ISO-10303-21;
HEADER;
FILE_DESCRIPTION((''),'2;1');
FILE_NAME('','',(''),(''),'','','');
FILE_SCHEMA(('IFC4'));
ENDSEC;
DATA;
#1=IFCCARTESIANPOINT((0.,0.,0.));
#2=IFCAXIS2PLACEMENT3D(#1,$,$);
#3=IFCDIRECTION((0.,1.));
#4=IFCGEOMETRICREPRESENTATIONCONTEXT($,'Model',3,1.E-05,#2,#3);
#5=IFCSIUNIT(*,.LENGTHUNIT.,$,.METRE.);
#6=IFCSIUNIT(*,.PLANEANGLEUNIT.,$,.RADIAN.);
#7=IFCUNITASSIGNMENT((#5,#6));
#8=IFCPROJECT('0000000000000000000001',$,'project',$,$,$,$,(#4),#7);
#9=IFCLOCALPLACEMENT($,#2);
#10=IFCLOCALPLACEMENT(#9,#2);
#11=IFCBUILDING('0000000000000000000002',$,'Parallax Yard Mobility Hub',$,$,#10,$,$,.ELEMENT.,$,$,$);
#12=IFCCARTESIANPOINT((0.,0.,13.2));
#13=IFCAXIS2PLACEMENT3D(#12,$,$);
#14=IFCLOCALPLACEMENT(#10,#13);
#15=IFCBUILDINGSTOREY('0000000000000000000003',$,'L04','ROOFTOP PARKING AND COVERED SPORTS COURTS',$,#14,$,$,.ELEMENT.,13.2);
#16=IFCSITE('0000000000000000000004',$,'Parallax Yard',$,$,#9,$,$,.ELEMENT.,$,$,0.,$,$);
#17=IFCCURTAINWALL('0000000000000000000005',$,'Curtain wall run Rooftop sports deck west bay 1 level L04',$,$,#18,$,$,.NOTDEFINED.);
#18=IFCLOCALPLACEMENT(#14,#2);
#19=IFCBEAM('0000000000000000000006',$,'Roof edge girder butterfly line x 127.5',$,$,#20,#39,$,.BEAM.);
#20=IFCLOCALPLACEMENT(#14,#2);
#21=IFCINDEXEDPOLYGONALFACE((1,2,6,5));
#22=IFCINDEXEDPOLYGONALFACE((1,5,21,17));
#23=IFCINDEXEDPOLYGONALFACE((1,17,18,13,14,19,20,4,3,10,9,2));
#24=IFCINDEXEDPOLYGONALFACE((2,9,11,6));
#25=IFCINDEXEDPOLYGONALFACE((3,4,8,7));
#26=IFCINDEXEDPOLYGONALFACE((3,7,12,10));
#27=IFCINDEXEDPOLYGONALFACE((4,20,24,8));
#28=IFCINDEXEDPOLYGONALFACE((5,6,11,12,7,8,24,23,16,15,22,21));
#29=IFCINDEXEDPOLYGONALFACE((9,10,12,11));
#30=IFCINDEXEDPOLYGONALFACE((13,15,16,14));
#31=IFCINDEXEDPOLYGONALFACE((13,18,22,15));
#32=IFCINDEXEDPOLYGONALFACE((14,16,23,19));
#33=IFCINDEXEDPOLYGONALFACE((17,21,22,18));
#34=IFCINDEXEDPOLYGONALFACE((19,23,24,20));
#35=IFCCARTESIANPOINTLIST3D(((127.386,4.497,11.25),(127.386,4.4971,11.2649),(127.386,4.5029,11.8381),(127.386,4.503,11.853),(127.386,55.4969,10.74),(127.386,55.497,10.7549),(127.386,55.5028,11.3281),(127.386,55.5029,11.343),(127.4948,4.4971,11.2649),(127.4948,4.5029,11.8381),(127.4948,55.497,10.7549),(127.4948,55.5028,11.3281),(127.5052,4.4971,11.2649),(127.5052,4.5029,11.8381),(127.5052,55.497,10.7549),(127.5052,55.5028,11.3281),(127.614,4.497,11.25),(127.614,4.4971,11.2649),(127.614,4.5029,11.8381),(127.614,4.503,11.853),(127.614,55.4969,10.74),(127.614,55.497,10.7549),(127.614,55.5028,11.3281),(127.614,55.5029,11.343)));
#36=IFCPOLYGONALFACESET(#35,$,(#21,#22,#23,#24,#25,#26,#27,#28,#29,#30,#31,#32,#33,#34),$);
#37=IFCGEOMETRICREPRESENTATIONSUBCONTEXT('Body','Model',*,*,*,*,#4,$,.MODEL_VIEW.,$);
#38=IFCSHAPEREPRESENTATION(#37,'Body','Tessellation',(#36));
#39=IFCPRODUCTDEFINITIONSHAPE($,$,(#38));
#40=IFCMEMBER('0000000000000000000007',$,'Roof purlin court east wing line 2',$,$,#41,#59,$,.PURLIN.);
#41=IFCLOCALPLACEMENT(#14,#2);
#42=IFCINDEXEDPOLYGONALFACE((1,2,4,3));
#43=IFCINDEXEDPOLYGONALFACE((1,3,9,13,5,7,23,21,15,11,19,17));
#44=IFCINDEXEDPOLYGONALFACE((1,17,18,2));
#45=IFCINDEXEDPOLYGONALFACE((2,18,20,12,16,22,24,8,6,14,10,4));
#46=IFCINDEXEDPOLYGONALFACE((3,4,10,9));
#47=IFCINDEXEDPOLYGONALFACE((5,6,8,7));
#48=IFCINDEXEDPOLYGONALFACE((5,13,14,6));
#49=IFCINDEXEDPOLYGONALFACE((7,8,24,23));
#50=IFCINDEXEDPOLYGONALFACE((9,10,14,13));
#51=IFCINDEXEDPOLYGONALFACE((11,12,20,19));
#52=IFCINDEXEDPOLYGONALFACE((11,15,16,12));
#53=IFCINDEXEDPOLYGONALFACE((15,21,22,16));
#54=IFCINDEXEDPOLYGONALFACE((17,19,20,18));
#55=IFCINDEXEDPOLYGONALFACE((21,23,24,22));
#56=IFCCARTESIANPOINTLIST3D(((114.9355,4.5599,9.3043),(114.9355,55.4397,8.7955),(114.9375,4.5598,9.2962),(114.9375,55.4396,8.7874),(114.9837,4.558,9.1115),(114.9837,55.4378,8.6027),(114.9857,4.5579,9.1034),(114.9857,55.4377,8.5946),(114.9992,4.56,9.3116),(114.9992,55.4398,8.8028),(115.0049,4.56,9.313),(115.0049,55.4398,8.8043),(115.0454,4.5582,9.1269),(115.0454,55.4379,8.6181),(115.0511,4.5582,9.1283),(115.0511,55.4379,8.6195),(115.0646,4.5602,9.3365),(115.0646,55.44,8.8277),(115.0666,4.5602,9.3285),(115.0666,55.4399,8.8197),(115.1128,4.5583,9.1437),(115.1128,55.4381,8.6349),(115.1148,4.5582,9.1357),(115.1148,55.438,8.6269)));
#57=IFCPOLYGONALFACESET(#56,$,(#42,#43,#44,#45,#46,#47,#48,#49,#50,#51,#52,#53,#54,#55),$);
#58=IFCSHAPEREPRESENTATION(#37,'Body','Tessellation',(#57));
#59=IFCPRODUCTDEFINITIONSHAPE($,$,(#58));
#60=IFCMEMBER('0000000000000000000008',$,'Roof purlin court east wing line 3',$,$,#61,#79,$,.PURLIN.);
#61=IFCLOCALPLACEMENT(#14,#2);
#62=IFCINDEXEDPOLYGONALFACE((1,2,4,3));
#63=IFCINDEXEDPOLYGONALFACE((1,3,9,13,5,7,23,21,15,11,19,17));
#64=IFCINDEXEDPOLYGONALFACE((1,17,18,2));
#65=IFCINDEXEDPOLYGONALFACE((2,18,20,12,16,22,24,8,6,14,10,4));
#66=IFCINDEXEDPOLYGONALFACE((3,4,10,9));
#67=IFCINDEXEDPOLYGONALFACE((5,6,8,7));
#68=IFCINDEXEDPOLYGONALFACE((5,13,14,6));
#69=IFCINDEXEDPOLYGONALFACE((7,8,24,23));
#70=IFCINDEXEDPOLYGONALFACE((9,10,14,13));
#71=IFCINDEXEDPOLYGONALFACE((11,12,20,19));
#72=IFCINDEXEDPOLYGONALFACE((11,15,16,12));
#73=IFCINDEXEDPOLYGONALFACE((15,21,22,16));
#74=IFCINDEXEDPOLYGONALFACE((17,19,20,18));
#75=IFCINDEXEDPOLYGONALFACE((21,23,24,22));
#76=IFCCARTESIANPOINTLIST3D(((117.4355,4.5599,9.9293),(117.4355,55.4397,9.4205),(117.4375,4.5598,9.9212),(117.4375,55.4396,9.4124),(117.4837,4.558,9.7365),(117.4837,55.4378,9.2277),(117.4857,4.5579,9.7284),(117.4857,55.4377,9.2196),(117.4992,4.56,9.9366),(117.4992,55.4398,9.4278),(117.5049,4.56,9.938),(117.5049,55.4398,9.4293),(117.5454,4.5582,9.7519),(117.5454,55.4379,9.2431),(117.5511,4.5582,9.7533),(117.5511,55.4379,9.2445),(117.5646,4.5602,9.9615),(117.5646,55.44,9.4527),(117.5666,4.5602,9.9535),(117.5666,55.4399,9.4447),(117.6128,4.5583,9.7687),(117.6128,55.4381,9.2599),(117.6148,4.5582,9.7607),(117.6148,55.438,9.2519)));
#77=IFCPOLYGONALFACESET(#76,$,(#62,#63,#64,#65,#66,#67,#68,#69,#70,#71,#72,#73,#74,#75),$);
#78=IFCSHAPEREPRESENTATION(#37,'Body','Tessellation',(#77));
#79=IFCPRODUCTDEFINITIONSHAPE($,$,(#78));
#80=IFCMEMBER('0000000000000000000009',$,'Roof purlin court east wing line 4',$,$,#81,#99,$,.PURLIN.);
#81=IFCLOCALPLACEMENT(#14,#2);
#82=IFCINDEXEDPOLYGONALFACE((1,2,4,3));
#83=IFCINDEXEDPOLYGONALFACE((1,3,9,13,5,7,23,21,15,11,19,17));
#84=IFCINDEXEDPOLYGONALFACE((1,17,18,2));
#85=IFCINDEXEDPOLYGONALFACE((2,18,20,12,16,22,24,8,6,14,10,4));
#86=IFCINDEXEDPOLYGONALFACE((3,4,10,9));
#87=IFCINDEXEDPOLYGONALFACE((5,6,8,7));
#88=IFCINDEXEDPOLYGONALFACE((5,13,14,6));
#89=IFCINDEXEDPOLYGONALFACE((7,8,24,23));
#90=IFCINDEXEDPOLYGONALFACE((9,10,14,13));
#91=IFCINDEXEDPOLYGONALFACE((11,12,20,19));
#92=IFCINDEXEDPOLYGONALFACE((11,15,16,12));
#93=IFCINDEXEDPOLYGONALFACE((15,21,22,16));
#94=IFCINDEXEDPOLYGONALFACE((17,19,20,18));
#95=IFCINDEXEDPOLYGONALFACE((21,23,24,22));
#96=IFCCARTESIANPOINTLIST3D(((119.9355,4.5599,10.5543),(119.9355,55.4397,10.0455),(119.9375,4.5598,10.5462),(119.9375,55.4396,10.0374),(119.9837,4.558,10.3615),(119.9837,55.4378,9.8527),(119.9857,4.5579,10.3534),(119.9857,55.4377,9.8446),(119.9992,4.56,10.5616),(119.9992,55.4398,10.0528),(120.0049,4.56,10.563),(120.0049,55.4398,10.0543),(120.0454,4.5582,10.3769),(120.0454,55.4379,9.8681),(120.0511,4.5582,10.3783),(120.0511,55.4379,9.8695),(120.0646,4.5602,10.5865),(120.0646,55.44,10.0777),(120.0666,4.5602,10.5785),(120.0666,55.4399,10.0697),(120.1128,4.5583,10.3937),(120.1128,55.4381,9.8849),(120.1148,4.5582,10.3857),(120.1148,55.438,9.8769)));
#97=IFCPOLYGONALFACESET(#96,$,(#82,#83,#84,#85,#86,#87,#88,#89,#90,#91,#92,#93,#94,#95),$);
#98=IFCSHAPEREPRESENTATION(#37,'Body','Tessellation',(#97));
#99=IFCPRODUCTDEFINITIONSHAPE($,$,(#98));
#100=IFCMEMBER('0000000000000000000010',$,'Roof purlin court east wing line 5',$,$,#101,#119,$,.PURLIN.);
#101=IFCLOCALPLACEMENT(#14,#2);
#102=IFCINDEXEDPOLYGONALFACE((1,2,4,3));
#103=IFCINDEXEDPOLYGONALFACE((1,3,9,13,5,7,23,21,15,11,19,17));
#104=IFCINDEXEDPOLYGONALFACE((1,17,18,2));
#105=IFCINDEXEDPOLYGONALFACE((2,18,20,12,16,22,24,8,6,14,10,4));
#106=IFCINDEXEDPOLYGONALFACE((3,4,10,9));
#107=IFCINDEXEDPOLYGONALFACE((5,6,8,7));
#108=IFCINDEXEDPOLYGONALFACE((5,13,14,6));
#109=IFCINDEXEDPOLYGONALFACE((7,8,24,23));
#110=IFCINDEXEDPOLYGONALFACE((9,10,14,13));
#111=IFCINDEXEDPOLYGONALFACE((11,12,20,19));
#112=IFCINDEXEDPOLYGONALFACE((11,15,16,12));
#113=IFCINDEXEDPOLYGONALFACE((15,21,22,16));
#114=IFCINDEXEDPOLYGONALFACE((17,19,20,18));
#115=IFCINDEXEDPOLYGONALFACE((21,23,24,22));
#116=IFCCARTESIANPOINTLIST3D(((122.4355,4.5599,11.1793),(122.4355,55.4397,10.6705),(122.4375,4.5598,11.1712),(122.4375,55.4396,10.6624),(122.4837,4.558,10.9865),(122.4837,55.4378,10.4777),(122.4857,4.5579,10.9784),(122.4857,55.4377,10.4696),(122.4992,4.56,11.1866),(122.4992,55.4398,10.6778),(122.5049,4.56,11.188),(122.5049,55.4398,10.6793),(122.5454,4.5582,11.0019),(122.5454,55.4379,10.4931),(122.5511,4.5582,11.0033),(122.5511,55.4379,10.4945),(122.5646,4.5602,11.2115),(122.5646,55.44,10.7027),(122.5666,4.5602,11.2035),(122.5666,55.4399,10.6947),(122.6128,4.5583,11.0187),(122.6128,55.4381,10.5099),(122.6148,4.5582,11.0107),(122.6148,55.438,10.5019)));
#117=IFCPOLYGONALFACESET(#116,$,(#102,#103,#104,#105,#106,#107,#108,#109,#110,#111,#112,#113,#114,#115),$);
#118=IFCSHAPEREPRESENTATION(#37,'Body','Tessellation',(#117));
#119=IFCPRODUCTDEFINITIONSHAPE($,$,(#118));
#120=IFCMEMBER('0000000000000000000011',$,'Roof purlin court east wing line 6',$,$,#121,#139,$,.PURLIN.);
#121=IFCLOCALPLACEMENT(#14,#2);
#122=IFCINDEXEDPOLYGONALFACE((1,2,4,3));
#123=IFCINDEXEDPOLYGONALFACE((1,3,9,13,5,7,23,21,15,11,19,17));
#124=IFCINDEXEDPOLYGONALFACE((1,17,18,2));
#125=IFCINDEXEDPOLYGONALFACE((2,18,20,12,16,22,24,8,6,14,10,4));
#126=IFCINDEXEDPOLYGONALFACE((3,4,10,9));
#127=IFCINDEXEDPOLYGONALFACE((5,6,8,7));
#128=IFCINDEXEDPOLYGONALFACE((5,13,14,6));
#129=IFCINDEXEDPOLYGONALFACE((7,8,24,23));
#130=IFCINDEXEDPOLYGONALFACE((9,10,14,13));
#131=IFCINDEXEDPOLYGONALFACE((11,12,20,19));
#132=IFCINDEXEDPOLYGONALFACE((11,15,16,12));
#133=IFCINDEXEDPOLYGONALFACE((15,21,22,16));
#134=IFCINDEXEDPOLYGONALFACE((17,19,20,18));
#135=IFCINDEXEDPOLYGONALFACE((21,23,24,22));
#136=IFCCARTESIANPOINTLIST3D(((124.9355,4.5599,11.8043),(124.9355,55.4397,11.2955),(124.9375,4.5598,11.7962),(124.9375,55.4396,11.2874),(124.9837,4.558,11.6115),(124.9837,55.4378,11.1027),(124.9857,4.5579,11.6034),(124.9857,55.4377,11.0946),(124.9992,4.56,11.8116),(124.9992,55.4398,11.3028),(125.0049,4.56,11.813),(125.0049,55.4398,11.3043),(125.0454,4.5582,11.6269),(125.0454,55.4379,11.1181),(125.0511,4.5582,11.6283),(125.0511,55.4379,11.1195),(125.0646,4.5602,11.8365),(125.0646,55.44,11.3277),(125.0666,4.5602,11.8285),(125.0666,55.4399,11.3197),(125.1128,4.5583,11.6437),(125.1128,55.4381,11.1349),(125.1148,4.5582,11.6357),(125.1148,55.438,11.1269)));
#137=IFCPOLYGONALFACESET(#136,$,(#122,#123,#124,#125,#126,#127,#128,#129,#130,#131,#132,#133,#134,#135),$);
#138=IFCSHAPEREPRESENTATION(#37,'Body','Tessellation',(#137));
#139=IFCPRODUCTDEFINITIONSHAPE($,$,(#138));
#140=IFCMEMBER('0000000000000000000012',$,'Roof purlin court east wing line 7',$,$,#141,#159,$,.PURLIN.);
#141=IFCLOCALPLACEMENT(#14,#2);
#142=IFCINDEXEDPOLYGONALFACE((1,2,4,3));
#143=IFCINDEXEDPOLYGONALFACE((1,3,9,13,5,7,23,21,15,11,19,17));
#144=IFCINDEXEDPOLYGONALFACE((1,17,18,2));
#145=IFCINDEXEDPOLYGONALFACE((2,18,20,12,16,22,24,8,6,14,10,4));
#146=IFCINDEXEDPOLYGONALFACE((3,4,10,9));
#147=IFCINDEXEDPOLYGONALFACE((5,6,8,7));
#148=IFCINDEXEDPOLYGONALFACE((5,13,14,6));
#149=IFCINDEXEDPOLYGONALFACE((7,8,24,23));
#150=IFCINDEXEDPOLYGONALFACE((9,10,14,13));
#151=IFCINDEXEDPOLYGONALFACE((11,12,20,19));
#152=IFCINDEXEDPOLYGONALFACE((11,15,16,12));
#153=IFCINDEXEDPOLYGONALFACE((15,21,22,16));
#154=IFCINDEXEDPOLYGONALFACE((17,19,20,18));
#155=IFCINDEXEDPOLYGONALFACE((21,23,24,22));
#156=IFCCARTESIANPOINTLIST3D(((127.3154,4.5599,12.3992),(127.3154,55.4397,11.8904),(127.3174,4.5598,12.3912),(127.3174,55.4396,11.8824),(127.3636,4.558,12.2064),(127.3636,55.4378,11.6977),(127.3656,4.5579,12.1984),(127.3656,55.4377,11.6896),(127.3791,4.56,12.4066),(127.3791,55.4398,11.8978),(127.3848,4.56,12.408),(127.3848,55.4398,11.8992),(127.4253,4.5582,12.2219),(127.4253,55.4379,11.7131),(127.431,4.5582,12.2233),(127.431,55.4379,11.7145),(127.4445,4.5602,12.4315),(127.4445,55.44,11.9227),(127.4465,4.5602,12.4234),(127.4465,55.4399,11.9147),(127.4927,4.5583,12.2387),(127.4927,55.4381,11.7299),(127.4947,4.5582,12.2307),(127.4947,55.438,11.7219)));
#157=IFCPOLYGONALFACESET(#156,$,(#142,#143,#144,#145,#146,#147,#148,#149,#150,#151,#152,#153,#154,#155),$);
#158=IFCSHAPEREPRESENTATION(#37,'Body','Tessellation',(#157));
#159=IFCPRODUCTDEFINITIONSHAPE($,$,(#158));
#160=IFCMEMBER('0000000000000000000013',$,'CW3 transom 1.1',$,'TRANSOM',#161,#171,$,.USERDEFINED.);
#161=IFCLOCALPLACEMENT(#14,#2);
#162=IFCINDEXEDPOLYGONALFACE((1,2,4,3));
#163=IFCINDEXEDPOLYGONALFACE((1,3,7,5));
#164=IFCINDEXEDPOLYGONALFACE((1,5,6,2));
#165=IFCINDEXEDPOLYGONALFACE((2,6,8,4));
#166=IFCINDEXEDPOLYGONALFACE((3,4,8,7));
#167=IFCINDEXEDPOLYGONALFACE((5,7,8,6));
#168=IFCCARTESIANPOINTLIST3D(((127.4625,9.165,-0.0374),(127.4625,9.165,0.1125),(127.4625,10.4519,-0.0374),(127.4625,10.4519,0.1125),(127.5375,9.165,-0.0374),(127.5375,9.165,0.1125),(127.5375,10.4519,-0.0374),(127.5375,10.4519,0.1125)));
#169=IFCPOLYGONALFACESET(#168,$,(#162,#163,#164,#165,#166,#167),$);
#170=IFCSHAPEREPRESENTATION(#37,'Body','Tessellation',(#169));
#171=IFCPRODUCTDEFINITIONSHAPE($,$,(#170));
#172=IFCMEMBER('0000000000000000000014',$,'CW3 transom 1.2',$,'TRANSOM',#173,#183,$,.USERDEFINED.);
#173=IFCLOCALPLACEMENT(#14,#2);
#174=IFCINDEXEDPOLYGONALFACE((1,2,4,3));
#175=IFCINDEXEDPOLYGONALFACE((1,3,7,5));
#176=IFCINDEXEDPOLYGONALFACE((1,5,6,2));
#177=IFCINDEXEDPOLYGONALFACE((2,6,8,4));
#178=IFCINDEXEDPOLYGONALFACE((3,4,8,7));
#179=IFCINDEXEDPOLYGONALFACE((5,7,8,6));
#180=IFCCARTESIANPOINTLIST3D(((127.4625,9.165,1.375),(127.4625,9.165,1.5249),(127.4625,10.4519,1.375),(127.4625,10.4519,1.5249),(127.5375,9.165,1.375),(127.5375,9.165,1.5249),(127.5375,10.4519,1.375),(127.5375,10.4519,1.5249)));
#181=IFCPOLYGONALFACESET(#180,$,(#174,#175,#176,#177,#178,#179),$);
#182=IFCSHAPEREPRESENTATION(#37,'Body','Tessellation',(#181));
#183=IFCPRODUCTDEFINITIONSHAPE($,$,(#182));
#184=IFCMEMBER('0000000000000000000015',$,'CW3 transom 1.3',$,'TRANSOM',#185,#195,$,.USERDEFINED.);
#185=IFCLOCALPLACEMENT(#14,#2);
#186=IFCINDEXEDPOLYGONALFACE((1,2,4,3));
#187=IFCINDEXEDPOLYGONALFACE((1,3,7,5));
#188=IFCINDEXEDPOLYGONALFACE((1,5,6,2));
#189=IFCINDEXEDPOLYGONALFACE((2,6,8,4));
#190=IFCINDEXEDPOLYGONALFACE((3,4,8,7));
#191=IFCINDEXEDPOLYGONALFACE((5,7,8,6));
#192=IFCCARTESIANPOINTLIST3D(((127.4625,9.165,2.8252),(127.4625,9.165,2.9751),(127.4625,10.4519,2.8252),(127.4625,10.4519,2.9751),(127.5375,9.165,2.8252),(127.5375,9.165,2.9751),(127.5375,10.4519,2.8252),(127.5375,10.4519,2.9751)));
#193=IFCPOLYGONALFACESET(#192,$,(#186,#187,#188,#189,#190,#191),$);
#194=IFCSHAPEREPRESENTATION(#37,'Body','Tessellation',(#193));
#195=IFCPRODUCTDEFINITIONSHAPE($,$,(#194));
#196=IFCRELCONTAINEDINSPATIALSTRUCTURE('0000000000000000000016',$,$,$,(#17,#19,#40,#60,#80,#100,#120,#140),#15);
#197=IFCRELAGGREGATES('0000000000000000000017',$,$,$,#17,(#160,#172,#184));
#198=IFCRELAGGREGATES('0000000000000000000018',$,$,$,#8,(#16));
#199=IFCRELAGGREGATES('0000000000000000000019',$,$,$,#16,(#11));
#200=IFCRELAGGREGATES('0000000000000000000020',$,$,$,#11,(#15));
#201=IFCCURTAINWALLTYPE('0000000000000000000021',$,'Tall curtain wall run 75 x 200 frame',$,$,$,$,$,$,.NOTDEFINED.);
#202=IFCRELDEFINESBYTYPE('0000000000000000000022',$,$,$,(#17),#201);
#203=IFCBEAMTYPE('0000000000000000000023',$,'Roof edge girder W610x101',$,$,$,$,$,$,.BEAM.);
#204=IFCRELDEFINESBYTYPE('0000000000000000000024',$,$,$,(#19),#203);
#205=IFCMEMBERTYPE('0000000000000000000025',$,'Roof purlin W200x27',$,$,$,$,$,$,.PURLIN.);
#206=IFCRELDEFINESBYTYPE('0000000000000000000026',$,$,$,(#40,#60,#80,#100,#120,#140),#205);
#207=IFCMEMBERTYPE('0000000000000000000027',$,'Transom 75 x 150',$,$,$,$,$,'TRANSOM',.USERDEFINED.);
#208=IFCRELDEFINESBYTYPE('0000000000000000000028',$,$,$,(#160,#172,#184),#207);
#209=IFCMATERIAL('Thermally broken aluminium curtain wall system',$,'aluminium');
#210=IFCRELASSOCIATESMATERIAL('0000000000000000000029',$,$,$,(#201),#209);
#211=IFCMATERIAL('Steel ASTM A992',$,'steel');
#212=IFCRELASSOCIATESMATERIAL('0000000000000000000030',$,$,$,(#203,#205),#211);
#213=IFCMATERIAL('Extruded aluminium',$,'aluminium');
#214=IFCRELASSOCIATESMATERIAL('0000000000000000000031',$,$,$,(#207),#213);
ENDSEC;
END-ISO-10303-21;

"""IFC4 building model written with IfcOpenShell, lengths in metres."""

from ifc_helpers import new_model, si_unit, direction, frame, origin, origin_2d, place, context, subcontext, project, spatial, rectangle, i_section, extrude, material, material_profile, profile_set, type_object, element, aggregate, save


model = new_model("IFC4")

# Units and contexts
model_context = context("Model", 3, precision=1e-05, world=origin(), true_north=direction((0.0, 1.0)))
body_context = subcontext(model_context, "Body", "Model", "MODEL_VIEW")
ifc_project = project(units=[si_unit("LENGTHUNIT", "METRE"), si_unit("PLANEANGLEUNIT", "RADIAN")], contexts=[model_context])

# Site, building, storey
site_placement = place(None, origin())
site = spatial("IfcSite", under=ifc_project, at=site_placement, Name="Parallax Yard", CompositionType="ELEMENT", RefElevation=0.0)
building_placement = place(site_placement, origin())
building = spatial("IfcBuilding", under=site, at=building_placement, Name="Parallax Yard Mobility Hub", CompositionType="ELEMENT")
storey_placement = place(building_placement, frame((0.0, 0.0, 13.2)))
storey = spatial("IfcBuildingStorey", under=building, at=storey_placement, Name="L04", Description="ROOFTOP PARKING AND COVERED SPORTS COURTS", CompositionType="ELEMENT", Elevation=13.2)

# Shared definitions
ifc_material_1 = material(Name="Steel ASTM A992", Category="steel")

# Curtain wall
ifc_material_2 = material(Name="Thermally broken aluminium curtain wall system", Category="aluminium")
curtain_wall_type = type_object("IfcCurtainWallType", Name="Tall curtain wall run 75 x 200 frame", PredefinedType="NOTDEFINED", material=ifc_material_2)
curtain_wall_placement = place(storey_placement, origin())
curtain_wall = element("IfcCurtainWall", 1, at=curtain_wall_placement, inside=storey, type_object=curtain_wall_type, Name="Curtain wall run Rooftop sports deck west bay 1 level L04", PredefinedType="NOTDEFINED")
ifc_material_3 = material(Name="Extruded aluminium", Category="aluminium")

# Beam
ifc_material_profile_1 = material_profile(ifc_material_1, i_section(OverallWidth=0.228, OverallDepth=0.603, WebThickness=0.0105, FlangeThickness=0.0149, at=origin_2d()), Name="W610x101")
ifc_profile_set_1 = profile_set([ifc_material_profile_1], Name="Steel ASTM A992")
beam_type_1 = type_object("IfcBeamType", Name="Roof edge girder W610x101", PredefinedType="BEAM", material=ifc_profile_set_1)
beam_1_placement = place(storey_placement, frame((127.5, 4.5, 11.5515), z_axis=(0.0, 0.99995, -0.01), x_axis=(-1.0, 0.0, 0.0)))
element("IfcBeam", 2, at=beam_1_placement, inside=storey, type_object=beam_type_1, Name="Roof edge girder butterfly line x 127.5", PredefinedType="BEAM", context=body_context, shape_type="SweptSolid", body=[
    extrude(i_section(OverallWidth=0.228, OverallDepth=0.603, WebThickness=0.0105, FlangeThickness=0.0149, at=origin_2d()), origin(), (0.0, 0.0, 1.0), 51.0024),
])

# Members
ifc_material_profile_2 = material_profile(ifc_material_1, i_section(OverallWidth=0.1331, OverallDepth=0.207, WebThickness=0.0059, FlangeThickness=0.0083, at=origin_2d()), Name="W200x27")
ifc_profile_set_2 = profile_set([ifc_material_profile_2], Name="Steel ASTM A992")
member_type_1 = type_object("IfcMemberType", Name="Roof purlin W200x27", PredefinedType="PURLIN", material=ifc_profile_set_2)
for number, where, z_axis, x_axis, name in (
    (3, (115.0251, 4.5591, 9.22), (0.0, 0.99995, -0.009999), (-0.970145, -0.002425, -0.242513), "Roof purlin court east wing line 2"),
    (4, (117.5251, 4.5591, 9.845), (0.0, 0.99995, -0.009999), (-0.970145, -0.002425, -0.242513), "Roof purlin court east wing line 3"),
    (5, (120.0251, 4.5591, 10.47), (0.0, 0.99995, -0.009999), (-0.970145, -0.002425, -0.242513), "Roof purlin court east wing line 4"),
    (6, (122.5251, 4.5591, 11.095), (0.0, 0.99995, -0.009999), (-0.970145, -0.002425, -0.242513), "Roof purlin court east wing line 5"),
    (7, (125.0251, 4.5591, 11.72), (0.0, 0.99995, -0.009999), (-0.970145, -0.002425, -0.242513), "Roof purlin court east wing line 6"),
    (8, (127.405, 4.5591, 12.3149), (0.0, 0.99995, -0.009999), (-0.970145, -0.002425, -0.242513), "Roof purlin court east wing line 7"),
):
    element("IfcMember", number, at=place(storey_placement, frame(where, z_axis=z_axis, x_axis=x_axis)), inside=storey, type_object=member_type_1, Name=name, PredefinedType="PURLIN", context=body_context, shape_type="SweptSolid", body=[
        extrude(i_section(OverallWidth=0.1331, OverallDepth=0.207, WebThickness=0.0059, FlangeThickness=0.0083, at=origin_2d()), origin(), (0.0, 0.0, 1.0), 50.8823),
    ])

# Members
ifc_material_profile_3 = material_profile(ifc_material_3, rectangle(XDim=0.075, YDim=0.1499, at=origin_2d()), Name="Transom 75 x 150")
ifc_profile_set_3 = profile_set([ifc_material_profile_3], Name="Extruded aluminium")
member_type_2 = type_object("IfcMemberType", Name="Transom 75 x 150", ElementType="TRANSOM", PredefinedType="USERDEFINED", material=ifc_profile_set_3)
member_1_placement = place(storey_placement, frame((127.5, 9.165, 0.0376), z_axis=(0.0, 1.0, 0.0), x_axis=(-1.0, 0.0, 0.0)))
member_1 = element("IfcMember", 9, at=member_1_placement, type_object=member_type_2, Name="CW3 transom 1.1", ObjectType="TRANSOM", PredefinedType="USERDEFINED", context=body_context, shape_type="SweptSolid", body=[
    extrude(rectangle(XDim=0.075, YDim=0.1499, at=origin_2d()), origin(), (0.0, 0.0, 1.0), 1.2869),
])
member_2_placement = place(storey_placement, frame((127.5, 9.165, 1.45), z_axis=(0.0, 1.0, 0.0), x_axis=(-1.0, 0.0, 0.0)))
member_2 = element("IfcMember", 10, at=member_2_placement, type_object=member_type_2, Name="CW3 transom 1.2", ObjectType="TRANSOM", PredefinedType="USERDEFINED", context=body_context, shape_type="SweptSolid", body=[
    extrude(rectangle(XDim=0.075, YDim=0.1499, at=origin_2d()), origin(), (0.0, 0.0, 1.0), 1.2869),
])
member_3_placement = place(storey_placement, frame((127.5, 9.165, 2.9001), z_axis=(0.0, 1.0, 0.0), x_axis=(-1.0, 0.0, 0.0)))
member_3 = element("IfcMember", 11, at=member_3_placement, type_object=member_type_2, Name="CW3 transom 1.3", ObjectType="TRANSOM", PredefinedType="USERDEFINED", context=body_context, shape_type="SweptSolid", body=[
    extrude(rectangle(XDim=0.075, YDim=0.1499, at=origin_2d()), origin(), (0.0, 0.0, 1.0), 1.2869),
])
aggregate(curtain_wall, [member_1, member_2, member_3])

save(model, "model.ifc")
